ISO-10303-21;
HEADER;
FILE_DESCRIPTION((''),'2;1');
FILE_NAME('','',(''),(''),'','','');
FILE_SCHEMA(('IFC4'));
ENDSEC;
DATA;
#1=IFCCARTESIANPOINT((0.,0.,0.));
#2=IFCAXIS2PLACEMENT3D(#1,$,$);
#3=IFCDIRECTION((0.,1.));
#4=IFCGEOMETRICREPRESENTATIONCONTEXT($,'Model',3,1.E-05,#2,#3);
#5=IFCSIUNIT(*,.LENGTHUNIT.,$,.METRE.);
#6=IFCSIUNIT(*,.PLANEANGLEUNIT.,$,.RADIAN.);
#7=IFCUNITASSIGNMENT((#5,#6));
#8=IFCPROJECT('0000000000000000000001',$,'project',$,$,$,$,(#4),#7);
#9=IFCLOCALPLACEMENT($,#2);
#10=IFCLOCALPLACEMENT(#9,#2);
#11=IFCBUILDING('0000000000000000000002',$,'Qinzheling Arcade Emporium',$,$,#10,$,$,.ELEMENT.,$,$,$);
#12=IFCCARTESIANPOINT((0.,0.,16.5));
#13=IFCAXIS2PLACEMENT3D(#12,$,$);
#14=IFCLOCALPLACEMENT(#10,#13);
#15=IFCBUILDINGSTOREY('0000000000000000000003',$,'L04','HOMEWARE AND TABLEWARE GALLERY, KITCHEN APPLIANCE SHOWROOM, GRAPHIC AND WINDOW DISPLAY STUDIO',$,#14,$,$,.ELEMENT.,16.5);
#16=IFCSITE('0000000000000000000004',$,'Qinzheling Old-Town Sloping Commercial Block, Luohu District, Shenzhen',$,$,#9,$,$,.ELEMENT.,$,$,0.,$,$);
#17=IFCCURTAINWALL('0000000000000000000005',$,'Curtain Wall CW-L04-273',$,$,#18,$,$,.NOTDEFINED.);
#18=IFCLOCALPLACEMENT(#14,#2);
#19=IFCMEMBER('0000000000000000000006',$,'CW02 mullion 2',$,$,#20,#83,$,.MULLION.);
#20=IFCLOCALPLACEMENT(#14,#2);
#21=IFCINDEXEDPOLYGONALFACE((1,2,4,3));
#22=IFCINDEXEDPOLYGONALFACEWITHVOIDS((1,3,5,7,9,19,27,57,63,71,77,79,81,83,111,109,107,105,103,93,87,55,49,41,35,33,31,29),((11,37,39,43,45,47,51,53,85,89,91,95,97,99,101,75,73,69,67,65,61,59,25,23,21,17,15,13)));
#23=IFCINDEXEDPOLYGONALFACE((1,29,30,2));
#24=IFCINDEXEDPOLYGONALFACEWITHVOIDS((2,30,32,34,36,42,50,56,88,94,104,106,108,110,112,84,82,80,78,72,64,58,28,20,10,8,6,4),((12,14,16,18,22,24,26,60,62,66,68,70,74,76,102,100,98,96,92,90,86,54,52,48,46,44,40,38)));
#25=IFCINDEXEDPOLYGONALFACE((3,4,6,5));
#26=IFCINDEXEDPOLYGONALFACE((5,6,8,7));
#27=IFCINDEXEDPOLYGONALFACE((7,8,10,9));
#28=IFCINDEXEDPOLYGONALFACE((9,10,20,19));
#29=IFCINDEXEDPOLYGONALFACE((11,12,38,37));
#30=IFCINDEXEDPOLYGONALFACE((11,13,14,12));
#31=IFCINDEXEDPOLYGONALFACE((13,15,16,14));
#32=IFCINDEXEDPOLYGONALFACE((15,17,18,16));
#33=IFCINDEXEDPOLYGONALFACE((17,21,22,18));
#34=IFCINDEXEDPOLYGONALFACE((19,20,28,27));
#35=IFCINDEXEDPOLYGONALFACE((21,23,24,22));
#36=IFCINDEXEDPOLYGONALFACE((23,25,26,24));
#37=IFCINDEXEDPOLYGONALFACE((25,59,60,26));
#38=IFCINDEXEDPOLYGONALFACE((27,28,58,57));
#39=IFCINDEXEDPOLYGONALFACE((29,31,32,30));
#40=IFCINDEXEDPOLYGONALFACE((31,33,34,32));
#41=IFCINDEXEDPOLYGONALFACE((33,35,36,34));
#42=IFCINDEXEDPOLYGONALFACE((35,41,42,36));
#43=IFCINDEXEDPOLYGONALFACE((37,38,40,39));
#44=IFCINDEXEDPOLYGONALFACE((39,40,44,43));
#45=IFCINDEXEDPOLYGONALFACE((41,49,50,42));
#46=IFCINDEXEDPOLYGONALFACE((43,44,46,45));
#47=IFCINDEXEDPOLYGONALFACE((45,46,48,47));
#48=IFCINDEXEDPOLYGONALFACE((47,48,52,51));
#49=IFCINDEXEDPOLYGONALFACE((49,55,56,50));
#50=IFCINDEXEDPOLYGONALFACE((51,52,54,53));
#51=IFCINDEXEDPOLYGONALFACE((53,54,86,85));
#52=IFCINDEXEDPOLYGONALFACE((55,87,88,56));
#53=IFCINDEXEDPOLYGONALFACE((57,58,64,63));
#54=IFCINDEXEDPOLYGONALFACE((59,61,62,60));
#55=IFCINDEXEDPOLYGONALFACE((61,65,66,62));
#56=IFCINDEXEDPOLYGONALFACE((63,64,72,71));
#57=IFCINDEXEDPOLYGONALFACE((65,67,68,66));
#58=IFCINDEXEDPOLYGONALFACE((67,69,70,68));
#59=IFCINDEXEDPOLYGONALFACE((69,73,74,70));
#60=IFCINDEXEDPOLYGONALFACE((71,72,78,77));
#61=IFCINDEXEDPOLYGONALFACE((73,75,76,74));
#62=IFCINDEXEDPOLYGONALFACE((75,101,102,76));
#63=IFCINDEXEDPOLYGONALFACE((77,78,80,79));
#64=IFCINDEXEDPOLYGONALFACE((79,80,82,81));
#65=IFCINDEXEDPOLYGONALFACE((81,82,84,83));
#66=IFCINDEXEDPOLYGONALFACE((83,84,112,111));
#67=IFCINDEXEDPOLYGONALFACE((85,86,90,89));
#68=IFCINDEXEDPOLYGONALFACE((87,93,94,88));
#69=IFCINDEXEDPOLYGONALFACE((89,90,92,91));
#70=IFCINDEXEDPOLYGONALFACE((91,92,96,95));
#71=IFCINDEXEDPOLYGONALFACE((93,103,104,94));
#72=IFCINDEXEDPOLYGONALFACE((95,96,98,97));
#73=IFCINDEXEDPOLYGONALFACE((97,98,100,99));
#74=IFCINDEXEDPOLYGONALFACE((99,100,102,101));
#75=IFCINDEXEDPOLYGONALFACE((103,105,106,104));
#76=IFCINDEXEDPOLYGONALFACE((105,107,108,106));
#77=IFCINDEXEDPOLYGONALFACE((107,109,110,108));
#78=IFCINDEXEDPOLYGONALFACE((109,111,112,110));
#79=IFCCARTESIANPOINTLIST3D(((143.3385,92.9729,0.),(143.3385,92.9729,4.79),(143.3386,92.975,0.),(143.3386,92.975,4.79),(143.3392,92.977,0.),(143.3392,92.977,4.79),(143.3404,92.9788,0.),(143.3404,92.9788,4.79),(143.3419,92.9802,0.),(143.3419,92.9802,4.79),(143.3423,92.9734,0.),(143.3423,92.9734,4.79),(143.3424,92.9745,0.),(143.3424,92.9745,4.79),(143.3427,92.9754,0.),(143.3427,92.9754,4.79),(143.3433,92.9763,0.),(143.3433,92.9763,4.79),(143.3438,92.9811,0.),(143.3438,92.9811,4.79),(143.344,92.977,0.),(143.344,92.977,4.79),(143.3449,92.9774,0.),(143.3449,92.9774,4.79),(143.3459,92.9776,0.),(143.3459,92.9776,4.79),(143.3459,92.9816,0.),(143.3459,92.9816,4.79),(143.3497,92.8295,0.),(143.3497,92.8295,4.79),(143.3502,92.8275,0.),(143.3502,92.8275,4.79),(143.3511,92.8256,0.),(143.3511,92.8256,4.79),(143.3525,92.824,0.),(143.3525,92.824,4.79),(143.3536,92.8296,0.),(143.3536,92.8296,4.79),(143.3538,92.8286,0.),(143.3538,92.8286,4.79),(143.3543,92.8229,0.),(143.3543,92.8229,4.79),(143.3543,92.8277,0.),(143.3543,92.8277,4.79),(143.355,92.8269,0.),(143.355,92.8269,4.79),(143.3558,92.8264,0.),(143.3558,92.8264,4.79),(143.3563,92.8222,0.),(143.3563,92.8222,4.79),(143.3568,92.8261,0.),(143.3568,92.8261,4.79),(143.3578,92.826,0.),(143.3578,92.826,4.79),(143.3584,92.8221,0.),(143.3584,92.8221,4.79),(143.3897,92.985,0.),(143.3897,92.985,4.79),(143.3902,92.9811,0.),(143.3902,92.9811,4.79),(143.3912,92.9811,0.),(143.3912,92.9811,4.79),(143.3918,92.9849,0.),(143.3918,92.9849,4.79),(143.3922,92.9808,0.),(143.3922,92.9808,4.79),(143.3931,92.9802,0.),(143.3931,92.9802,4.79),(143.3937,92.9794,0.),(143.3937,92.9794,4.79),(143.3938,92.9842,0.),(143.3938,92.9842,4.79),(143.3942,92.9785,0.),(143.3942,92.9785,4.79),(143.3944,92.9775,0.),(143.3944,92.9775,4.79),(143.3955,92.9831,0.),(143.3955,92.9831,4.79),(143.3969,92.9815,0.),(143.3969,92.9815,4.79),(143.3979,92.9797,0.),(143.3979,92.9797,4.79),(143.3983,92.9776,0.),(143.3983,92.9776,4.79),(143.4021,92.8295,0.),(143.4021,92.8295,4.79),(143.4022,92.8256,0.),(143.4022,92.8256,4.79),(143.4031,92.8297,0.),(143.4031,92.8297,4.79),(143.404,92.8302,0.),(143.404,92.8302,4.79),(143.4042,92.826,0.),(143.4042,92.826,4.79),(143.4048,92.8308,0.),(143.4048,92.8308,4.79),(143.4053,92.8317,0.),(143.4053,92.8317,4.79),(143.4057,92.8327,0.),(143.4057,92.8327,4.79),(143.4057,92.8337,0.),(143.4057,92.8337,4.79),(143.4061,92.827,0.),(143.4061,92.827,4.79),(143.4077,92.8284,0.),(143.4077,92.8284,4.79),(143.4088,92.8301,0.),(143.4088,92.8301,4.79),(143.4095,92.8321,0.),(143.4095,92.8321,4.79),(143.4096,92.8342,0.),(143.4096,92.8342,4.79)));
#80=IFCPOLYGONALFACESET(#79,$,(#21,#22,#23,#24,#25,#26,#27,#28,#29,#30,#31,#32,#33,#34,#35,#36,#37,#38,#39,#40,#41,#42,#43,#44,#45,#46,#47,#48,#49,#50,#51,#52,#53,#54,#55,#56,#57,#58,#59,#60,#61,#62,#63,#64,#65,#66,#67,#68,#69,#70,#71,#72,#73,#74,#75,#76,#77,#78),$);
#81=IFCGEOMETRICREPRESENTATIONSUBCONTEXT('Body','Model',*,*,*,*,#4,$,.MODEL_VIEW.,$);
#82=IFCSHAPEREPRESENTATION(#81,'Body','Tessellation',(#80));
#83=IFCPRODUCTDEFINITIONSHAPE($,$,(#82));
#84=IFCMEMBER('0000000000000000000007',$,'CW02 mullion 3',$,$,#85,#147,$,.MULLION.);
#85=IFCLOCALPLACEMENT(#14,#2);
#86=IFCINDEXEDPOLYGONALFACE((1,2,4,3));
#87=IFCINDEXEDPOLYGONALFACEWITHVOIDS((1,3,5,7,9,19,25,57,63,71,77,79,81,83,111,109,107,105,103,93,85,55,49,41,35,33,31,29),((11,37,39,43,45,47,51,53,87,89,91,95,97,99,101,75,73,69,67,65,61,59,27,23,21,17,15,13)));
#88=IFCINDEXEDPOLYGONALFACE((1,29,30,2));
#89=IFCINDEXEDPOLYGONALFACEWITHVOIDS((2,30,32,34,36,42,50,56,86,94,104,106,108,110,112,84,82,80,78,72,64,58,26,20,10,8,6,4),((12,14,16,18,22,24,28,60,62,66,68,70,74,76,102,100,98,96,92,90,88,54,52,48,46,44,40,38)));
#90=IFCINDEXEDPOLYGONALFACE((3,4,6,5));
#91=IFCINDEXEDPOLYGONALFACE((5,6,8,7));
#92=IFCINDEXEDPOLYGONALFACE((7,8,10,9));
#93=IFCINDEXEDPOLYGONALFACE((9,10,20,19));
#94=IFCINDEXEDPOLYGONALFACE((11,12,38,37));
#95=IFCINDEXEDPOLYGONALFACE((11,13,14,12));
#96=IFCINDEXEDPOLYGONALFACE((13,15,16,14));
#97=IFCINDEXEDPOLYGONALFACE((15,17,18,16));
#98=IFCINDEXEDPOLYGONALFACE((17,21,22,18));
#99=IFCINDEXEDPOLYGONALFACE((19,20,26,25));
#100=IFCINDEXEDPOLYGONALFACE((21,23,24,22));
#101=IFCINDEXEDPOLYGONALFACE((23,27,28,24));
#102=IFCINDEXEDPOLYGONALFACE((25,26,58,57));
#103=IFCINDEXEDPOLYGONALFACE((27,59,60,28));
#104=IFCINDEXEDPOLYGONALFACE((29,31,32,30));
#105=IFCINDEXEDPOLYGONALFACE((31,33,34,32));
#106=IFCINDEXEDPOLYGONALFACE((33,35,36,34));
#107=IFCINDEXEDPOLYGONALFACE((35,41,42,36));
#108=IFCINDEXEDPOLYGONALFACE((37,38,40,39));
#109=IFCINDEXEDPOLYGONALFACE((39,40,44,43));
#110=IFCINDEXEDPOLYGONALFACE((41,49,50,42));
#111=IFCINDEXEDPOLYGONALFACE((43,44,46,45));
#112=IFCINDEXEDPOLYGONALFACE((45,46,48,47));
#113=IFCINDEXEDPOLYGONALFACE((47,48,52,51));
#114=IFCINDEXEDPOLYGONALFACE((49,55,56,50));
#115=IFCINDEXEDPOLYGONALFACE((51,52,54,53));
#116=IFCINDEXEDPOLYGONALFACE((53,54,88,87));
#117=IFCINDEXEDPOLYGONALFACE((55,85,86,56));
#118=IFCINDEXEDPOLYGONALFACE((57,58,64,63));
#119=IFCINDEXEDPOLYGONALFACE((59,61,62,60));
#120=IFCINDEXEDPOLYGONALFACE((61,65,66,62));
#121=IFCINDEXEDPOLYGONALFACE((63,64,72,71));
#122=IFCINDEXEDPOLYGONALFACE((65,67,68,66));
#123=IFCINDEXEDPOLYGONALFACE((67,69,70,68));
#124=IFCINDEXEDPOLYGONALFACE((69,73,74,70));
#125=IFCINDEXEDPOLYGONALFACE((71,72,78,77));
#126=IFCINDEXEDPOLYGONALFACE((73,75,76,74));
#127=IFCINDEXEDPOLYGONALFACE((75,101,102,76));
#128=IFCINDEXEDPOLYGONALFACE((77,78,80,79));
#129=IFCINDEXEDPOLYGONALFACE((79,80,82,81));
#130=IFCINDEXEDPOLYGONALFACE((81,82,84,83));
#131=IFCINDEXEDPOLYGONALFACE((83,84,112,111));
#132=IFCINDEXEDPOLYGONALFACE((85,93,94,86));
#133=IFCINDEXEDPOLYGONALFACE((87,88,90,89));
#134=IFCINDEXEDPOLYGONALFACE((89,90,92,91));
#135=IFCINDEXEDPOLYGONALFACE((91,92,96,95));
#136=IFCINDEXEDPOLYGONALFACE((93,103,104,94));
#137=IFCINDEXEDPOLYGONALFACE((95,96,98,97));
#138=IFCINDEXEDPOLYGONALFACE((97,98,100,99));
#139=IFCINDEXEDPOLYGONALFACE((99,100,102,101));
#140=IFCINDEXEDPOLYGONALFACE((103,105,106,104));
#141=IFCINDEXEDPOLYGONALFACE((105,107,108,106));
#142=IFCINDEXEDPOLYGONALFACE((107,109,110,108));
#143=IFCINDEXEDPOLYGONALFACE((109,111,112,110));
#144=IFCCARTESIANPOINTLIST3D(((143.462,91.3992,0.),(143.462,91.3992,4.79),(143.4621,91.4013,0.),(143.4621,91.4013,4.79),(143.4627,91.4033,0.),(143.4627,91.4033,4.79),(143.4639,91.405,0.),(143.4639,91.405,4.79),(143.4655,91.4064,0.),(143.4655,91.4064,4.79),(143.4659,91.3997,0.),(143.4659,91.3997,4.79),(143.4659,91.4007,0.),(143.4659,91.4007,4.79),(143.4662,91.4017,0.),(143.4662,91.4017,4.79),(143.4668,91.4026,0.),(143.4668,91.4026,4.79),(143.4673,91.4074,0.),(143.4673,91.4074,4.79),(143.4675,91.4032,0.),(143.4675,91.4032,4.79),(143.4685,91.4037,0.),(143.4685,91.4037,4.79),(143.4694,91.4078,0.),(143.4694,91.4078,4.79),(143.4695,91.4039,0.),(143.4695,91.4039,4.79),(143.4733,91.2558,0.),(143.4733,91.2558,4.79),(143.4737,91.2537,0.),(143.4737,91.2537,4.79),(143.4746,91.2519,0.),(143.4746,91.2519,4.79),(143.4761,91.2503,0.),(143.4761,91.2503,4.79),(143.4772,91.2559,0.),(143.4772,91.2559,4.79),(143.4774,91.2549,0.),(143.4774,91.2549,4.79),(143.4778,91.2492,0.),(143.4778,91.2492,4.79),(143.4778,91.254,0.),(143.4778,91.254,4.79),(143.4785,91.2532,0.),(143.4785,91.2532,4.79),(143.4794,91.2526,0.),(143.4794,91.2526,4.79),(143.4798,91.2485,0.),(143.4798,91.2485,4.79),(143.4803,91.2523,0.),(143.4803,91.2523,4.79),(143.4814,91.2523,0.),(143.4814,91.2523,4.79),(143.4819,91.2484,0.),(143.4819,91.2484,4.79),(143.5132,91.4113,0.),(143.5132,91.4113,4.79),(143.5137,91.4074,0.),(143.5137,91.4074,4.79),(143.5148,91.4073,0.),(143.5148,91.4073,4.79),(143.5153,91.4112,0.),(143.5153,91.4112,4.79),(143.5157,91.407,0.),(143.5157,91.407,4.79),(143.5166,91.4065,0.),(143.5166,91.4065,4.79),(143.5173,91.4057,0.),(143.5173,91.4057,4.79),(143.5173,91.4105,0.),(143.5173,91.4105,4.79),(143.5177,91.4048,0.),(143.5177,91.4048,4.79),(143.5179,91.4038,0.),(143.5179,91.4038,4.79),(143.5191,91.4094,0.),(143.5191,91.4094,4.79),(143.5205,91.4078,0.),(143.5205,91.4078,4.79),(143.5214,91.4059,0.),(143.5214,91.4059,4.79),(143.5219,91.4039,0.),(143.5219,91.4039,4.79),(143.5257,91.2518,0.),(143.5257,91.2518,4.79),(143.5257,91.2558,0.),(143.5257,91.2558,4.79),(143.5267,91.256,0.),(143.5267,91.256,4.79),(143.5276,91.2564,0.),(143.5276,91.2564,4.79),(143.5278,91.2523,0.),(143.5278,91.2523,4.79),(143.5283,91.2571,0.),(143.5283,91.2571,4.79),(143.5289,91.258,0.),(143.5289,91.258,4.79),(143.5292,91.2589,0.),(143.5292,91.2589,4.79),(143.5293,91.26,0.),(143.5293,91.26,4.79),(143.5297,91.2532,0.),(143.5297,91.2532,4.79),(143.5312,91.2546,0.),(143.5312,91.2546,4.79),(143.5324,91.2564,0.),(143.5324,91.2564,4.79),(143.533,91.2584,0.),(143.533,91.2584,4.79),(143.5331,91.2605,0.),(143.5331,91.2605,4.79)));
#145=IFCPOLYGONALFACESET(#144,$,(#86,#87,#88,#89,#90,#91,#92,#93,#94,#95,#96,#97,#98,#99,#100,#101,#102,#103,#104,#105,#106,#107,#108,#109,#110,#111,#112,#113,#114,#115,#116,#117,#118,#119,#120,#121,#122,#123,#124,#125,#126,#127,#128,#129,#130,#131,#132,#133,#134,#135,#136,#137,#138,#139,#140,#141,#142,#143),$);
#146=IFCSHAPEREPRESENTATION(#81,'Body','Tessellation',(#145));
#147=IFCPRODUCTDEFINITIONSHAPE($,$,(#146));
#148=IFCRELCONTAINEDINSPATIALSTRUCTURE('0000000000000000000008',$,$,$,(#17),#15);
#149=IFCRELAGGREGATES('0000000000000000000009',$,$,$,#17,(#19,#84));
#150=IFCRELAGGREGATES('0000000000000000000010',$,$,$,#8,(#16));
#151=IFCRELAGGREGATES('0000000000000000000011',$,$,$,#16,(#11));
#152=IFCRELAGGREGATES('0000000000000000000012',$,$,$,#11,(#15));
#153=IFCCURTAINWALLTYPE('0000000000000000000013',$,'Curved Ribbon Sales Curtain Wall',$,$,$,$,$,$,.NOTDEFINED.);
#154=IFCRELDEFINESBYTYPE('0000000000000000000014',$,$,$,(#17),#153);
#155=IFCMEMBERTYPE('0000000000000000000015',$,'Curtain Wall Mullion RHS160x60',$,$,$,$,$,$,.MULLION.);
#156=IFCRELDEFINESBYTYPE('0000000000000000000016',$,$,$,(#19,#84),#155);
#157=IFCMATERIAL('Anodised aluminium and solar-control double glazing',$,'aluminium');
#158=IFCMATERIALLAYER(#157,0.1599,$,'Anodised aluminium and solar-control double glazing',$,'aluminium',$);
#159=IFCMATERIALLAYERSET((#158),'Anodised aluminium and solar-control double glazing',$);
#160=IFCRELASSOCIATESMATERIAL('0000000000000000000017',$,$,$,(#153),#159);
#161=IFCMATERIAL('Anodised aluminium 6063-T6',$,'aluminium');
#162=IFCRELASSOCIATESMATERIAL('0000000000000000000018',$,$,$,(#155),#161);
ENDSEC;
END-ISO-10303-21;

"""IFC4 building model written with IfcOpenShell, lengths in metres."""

from ifc_helpers import new_model, si_unit, direction, frame, origin, origin_2d, place, context, subcontext, project, spatial, hollow_rectangle, extrude, material, layer, layer_set, material_profile, profile_set, type_object, element, aggregate, save


model = new_model("IFC4")

# Units and contexts
model_context = context("Model", 3, precision=1e-05, world=origin(), true_north=direction((0.0, 1.0)))
body_context = subcontext(model_context, "Body", "Model", "MODEL_VIEW")
ifc_project = project(units=[si_unit("LENGTHUNIT", "METRE"), si_unit("PLANEANGLEUNIT", "RADIAN")], contexts=[model_context])

# Site, building, storey
site_placement = place(None, origin())
site = spatial("IfcSite", under=ifc_project, at=site_placement, Name="Qinzheling Old-Town Sloping Commercial Block, Luohu District, Shenzhen", CompositionType="ELEMENT", RefElevation=0.0)
building_placement = place(site_placement, origin())
building = spatial("IfcBuilding", under=site, at=building_placement, Name="Qinzheling Arcade Emporium", CompositionType="ELEMENT")
storey_placement = place(building_placement, frame((0.0, 0.0, 16.5)))
storey = spatial("IfcBuildingStorey", under=building, at=storey_placement, Name="L04", Description="HOMEWARE AND TABLEWARE GALLERY, KITCHEN APPLIANCE SHOWROOM, GRAPHIC AND WINDOW DISPLAY STUDIO", CompositionType="ELEMENT", Elevation=16.5)

# Shared definitions
ifc_material_1 = material(Name="Anodised aluminium and solar-control double glazing", Category="aluminium")
ifc_layer_1 = layer(ifc_material_1, 0.1599, Name="Anodised aluminium and solar-control double glazing", Category="aluminium")
ifc_layer_set_1 = layer_set([ifc_layer_1], Name="Anodised aluminium and solar-control double glazing")
curtain_wall_type = type_object("IfcCurtainWallType", Name="Curved Ribbon Sales Curtain Wall", PredefinedType="NOTDEFINED", material=ifc_layer_set_1)
ifc_material_2 = material(Name="Anodised aluminium 6063-T6", Category="aluminium")
ifc_material_profile_1 = material_profile(ifc_material_2, hollow_rectangle(XDim=0.0601, YDim=0.1599, WallThickness=0.0039, InnerFilletRadius=0.0039, OuterFilletRadius=0.0081, at=origin_2d()), Name="RHS 160x60x4", Category="aluminium")
ifc_profile_set_1 = profile_set([ifc_material_profile_1], Name="Anodised aluminium 6063-T6")
member_type_1 = type_object("IfcMemberType", Name="Curtain Wall Mullion RHS160x60", PredefinedType="MULLION", material=ifc_profile_set_1)

# Curtain wall, members
curtain_wall_1_placement = place(storey_placement, origin())
curtain_wall_1 = element("IfcCurtainWall", 1, at=curtain_wall_1_placement, inside=storey, type_object=curtain_wall_type, Name="Curtain Wall CW-L04-273", PredefinedType="NOTDEFINED")
member_1_placement = place(storey_placement, frame((143.374, 92.9036, 0.0), z_axis=(0.0, 0.0, 1.0), x_axis=(0.996927, 0.078337, 0.0)))
member_1 = element("IfcMember", 2, at=member_1_placement, type_object=member_type_1, Name="CW02 mullion 2", PredefinedType="MULLION", context=body_context, shape_type="SweptSolid", body=[
    extrude(hollow_rectangle(XDim=0.0601, YDim=0.1599, WallThickness=0.0039, InnerFilletRadius=0.0039, OuterFilletRadius=0.0081, at=origin_2d()), origin(), (0.0, 0.0, 1.0), 4.79),
])
member_2_placement = place(storey_placement, frame((143.4976, 91.3298, 0.0), z_axis=(0.0, 0.0, 1.0), x_axis=(0.996927, 0.078337, 0.0)))
member_2 = element("IfcMember", 3, at=member_2_placement, type_object=member_type_1, Name="CW02 mullion 3", PredefinedType="MULLION", context=body_context, shape_type="SweptSolid", body=[
    extrude(hollow_rectangle(XDim=0.0601, YDim=0.1599, WallThickness=0.0039, InnerFilletRadius=0.0039, OuterFilletRadius=0.0081, at=origin_2d()), origin(), (0.0, 0.0, 1.0), 4.79),
])

aggregate(curtain_wall_1, [member_1, member_2])

save(model, "model.ifc")
